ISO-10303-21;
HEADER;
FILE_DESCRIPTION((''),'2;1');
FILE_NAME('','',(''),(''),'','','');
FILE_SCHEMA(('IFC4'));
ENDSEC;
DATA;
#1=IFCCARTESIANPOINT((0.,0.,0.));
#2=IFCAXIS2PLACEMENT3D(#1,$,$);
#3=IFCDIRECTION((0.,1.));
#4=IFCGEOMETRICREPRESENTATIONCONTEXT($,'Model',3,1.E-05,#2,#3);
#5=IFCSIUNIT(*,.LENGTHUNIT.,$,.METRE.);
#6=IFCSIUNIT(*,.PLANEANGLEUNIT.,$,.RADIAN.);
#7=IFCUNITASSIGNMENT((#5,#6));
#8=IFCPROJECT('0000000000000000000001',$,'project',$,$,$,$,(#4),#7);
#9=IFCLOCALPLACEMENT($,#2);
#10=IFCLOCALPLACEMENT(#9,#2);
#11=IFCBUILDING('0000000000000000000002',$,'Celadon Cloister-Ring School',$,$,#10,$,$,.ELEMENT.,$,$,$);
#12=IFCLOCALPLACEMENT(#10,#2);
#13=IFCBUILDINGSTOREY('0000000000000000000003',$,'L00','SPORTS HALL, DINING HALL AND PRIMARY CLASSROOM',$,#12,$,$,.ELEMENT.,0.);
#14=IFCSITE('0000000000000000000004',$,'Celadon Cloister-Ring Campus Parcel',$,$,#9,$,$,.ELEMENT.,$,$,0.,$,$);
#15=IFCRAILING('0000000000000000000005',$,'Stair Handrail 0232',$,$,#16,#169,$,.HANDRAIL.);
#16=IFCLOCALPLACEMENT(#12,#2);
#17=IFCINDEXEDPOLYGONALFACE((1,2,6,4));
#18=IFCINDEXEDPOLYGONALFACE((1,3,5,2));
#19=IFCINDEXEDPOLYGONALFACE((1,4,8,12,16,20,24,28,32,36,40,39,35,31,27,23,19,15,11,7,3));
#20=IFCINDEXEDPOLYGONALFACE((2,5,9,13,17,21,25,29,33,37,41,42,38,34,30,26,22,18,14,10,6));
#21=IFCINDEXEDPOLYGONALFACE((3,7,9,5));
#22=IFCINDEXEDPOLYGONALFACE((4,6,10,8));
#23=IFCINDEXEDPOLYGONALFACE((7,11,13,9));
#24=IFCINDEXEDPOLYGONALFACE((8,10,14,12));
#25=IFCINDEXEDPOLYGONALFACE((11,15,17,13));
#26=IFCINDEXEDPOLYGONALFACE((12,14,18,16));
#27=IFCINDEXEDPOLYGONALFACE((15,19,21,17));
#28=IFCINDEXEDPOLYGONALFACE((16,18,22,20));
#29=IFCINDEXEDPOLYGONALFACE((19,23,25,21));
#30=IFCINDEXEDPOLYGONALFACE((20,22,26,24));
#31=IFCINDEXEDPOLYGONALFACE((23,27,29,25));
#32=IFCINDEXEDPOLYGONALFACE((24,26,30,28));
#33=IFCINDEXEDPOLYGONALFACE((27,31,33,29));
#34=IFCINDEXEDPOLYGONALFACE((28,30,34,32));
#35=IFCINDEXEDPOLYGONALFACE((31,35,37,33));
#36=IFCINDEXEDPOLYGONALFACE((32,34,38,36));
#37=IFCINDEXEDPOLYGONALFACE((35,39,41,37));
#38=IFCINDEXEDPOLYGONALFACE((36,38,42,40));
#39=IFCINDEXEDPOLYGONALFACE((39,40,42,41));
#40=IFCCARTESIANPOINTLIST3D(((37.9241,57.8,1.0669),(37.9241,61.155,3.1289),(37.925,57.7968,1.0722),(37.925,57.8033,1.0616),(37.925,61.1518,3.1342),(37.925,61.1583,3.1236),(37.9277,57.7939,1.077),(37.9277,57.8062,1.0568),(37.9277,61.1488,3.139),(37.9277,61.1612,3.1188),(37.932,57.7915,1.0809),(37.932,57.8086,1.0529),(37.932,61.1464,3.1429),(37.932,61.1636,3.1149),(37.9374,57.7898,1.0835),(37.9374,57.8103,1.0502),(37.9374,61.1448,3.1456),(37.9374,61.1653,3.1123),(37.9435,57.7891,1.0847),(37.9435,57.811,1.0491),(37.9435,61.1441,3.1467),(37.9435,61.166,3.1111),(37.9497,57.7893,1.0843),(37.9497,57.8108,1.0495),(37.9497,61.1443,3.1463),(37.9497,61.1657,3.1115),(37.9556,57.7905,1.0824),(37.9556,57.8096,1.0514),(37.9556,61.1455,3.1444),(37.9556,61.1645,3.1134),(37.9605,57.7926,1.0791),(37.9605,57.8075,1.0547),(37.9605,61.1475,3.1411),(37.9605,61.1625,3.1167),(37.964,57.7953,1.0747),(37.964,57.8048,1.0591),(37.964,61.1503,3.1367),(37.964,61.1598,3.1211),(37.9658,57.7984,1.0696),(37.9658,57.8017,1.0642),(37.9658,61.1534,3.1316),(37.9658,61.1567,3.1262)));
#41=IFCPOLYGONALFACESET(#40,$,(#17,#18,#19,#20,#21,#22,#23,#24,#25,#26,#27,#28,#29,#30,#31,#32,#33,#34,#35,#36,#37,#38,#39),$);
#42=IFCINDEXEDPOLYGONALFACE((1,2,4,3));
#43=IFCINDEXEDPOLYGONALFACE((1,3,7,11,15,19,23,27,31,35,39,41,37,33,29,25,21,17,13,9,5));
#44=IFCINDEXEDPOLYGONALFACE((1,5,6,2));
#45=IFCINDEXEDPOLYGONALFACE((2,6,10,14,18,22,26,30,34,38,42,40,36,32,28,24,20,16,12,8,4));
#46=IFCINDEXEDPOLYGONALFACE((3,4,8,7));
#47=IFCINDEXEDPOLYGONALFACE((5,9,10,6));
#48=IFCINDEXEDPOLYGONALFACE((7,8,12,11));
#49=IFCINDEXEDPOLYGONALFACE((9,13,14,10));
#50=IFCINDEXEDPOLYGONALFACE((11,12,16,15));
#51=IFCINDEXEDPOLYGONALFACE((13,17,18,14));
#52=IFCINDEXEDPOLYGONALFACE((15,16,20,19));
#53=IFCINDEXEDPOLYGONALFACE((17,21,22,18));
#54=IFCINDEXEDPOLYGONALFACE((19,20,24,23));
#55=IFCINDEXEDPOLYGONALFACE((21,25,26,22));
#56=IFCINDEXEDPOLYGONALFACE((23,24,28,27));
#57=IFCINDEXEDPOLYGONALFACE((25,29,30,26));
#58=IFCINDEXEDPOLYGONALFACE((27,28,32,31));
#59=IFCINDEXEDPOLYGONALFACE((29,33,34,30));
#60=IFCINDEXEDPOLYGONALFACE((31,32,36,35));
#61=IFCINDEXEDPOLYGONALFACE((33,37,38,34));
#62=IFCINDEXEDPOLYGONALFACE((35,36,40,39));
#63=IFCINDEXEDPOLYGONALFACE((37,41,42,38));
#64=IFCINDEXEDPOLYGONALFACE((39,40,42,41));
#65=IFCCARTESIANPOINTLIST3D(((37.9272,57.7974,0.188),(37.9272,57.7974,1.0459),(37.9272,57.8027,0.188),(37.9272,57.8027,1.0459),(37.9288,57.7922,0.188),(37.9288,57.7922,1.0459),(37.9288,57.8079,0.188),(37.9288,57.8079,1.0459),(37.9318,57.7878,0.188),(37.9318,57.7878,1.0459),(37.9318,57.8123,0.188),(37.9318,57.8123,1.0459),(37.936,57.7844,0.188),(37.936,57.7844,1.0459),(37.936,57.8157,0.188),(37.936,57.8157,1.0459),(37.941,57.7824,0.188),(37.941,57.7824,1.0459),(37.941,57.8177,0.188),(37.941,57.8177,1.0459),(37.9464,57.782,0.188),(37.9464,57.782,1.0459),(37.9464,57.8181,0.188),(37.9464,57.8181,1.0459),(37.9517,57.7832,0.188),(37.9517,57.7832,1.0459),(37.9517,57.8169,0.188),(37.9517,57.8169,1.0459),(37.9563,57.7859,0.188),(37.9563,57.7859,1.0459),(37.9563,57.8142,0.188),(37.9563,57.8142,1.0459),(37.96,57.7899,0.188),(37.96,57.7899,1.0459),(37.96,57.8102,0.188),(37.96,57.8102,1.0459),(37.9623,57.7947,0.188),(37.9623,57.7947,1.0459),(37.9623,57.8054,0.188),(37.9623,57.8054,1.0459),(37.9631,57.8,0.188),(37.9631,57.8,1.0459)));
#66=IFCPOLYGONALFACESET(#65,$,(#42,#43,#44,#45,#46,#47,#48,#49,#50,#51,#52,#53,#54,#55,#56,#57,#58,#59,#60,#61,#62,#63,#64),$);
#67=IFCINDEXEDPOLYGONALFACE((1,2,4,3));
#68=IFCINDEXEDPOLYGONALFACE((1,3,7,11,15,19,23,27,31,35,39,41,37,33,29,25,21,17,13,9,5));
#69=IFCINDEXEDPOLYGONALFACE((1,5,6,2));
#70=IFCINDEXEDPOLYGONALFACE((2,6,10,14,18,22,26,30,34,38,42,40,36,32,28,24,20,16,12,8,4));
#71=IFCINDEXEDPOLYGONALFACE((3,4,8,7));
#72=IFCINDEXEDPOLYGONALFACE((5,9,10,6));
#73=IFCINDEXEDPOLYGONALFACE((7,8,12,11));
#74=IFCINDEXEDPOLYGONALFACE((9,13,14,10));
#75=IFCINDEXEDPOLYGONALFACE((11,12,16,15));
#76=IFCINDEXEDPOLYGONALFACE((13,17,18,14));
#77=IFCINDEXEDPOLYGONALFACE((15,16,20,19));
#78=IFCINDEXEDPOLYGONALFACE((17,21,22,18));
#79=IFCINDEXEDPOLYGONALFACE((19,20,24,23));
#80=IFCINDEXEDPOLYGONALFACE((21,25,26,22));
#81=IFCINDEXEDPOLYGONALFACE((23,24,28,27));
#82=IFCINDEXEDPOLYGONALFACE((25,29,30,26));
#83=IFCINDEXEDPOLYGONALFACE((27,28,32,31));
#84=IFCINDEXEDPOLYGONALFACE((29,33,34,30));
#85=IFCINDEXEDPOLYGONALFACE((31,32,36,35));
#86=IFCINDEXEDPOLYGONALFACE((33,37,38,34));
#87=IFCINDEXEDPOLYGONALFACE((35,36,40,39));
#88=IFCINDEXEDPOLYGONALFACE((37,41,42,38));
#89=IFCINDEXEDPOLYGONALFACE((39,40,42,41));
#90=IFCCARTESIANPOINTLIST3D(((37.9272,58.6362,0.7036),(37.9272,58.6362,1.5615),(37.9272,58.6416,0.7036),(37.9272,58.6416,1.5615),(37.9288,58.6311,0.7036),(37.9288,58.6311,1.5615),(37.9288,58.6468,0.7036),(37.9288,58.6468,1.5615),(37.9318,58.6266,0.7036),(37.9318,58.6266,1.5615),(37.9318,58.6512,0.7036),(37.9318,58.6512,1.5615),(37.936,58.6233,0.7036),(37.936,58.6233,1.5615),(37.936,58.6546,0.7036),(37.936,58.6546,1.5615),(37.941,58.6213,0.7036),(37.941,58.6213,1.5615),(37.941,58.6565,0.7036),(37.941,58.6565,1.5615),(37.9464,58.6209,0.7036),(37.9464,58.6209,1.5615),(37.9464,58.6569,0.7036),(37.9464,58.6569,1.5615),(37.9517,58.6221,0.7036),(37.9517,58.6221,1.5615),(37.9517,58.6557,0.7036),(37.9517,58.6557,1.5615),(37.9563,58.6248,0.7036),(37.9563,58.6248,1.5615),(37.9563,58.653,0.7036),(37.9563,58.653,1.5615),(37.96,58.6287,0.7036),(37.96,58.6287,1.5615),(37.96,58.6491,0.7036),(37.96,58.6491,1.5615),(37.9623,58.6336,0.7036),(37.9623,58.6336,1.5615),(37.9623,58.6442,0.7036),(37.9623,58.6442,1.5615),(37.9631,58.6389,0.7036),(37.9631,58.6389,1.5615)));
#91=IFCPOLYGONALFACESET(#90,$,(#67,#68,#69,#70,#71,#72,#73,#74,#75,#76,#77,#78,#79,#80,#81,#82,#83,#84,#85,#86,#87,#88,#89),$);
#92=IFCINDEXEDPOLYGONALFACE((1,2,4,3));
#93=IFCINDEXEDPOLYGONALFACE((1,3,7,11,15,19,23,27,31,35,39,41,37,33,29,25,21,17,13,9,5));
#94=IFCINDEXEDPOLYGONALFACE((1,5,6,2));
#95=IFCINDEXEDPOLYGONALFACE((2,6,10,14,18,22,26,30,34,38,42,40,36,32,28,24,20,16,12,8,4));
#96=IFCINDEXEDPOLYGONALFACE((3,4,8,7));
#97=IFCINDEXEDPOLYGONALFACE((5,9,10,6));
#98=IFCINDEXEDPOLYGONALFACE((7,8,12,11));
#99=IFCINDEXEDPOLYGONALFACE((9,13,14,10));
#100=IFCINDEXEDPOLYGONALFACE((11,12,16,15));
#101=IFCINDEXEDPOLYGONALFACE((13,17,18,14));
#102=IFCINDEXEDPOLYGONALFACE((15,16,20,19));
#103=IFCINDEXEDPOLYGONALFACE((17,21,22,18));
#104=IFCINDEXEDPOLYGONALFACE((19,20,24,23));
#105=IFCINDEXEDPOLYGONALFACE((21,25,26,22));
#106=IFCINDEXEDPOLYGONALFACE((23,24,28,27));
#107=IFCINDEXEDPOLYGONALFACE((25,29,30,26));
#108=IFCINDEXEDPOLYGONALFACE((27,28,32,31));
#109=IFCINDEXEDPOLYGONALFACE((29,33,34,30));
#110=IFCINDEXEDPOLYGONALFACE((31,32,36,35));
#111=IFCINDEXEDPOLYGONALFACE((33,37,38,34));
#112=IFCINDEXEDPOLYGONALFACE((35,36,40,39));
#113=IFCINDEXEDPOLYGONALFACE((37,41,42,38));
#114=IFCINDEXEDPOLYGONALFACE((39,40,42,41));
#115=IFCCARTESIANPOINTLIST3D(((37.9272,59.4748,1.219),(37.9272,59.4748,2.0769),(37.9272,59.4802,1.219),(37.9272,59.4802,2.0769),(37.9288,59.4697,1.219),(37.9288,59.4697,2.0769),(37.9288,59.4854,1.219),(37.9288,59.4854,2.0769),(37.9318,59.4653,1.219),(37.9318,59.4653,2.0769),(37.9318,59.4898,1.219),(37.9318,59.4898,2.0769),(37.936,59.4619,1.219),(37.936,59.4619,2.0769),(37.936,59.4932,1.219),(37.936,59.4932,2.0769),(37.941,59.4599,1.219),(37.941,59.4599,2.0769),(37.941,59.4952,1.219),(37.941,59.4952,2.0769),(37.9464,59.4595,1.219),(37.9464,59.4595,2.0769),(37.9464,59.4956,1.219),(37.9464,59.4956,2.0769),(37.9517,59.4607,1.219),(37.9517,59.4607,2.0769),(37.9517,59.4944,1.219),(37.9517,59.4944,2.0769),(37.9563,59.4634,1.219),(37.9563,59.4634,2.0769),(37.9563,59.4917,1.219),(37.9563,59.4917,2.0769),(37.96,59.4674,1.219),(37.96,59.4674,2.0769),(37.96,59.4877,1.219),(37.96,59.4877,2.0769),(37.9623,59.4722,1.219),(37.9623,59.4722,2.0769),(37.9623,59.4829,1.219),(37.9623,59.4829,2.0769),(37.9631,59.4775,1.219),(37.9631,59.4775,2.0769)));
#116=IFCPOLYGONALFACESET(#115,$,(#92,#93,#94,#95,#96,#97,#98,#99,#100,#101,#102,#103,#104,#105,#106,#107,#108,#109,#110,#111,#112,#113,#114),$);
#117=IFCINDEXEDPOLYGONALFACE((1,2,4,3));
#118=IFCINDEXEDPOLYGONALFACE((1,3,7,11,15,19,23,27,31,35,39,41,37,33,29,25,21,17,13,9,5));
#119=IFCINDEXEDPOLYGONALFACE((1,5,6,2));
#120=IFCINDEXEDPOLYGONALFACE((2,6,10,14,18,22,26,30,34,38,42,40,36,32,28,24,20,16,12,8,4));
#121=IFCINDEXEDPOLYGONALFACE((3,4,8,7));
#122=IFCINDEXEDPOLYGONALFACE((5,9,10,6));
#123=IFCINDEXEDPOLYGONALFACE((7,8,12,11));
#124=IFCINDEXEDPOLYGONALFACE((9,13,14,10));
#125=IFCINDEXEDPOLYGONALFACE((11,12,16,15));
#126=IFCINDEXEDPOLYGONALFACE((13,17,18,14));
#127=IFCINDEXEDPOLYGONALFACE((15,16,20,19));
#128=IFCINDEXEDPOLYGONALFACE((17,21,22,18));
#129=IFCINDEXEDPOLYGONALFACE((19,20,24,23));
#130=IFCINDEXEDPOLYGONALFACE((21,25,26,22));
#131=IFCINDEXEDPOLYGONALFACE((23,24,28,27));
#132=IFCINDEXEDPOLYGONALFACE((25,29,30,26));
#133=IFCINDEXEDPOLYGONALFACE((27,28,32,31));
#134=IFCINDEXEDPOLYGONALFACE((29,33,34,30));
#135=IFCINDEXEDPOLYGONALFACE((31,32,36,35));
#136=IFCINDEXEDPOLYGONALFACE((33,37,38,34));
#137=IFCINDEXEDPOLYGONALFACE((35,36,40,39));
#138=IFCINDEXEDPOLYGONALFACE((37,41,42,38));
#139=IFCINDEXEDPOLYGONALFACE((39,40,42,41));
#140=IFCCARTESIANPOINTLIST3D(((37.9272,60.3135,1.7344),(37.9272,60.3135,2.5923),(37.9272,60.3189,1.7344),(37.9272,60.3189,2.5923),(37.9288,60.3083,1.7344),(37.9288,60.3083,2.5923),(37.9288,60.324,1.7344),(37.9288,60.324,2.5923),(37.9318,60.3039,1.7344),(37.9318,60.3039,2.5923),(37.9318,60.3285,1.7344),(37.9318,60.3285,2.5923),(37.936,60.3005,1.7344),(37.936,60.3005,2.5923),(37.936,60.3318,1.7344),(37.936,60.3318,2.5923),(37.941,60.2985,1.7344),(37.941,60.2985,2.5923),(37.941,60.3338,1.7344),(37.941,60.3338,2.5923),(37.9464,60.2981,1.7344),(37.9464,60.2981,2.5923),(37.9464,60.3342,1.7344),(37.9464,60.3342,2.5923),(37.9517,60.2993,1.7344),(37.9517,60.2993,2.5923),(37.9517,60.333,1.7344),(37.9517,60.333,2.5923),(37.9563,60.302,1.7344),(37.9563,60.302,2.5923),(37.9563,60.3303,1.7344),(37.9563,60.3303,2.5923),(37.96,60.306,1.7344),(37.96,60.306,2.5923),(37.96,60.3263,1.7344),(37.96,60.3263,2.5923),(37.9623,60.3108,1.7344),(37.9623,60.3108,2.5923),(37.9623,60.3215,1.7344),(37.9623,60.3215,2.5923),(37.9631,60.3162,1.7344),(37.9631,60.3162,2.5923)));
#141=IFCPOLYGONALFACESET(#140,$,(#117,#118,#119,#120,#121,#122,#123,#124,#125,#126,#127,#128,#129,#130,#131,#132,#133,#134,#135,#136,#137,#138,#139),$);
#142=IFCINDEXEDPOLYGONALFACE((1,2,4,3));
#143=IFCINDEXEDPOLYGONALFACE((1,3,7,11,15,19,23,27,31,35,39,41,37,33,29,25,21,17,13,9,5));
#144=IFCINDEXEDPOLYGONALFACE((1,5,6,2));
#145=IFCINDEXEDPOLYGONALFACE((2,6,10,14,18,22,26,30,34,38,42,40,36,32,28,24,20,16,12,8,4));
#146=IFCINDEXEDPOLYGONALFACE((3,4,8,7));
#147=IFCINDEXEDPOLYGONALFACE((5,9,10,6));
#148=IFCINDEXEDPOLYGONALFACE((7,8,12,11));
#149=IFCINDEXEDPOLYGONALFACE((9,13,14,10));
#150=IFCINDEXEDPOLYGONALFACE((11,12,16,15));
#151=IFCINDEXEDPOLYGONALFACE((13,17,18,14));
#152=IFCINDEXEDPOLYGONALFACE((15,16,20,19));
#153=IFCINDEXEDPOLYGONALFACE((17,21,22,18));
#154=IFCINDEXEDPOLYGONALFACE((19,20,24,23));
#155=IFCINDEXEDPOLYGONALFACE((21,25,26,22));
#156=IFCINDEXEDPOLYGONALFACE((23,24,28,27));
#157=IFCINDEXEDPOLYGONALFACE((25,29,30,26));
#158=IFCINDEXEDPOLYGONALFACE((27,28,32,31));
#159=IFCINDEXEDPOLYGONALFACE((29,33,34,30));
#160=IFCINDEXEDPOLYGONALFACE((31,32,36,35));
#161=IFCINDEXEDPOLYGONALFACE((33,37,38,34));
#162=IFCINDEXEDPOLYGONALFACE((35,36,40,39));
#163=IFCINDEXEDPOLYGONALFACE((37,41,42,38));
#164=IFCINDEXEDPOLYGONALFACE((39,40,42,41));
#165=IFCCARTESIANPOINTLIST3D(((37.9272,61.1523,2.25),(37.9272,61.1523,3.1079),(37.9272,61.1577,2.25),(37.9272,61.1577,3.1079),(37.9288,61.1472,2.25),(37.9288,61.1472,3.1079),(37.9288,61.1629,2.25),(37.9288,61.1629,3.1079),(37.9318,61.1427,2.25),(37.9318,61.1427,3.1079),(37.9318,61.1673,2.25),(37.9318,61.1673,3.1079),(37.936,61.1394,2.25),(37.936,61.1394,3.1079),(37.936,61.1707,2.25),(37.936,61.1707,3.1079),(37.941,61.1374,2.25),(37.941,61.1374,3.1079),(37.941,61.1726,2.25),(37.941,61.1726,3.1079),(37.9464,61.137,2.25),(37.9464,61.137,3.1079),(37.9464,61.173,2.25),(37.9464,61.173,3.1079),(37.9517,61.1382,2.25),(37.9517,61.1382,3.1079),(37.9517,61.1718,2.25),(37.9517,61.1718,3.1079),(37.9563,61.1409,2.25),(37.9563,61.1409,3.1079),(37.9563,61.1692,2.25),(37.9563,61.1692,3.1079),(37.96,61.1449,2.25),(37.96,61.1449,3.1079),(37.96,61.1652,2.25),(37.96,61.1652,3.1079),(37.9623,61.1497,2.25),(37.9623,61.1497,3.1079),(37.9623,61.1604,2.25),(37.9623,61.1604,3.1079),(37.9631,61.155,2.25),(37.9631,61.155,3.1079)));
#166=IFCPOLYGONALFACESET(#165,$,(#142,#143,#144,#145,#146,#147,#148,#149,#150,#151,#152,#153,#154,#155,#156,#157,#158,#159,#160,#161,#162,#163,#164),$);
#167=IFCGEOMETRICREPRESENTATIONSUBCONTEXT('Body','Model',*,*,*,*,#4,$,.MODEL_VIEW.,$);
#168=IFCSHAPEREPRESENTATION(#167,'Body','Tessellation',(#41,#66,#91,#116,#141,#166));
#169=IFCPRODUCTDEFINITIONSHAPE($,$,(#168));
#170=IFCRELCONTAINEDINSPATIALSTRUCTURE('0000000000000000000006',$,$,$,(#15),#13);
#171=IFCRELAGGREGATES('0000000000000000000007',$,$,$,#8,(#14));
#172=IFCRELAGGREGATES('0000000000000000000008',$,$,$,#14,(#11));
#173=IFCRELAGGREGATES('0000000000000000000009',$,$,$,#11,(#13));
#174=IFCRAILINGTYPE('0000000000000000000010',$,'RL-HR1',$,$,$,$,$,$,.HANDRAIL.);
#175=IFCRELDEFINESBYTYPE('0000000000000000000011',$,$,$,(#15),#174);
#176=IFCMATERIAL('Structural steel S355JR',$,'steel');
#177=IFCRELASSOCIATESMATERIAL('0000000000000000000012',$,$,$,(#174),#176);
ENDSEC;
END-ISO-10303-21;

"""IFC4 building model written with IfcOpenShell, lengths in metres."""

from ifc_helpers import new_model, si_unit, direction, frame, origin, origin_2d, place, context, subcontext, project, spatial, circle, extrude, material, type_object, element, save


model = new_model("IFC4")

# Units and contexts
model_context = context("Model", 3, precision=1e-05, world=origin(), true_north=direction((0.0, 1.0)))
body_context = subcontext(model_context, "Body", "Model", "MODEL_VIEW")
ifc_project = project(units=[si_unit("LENGTHUNIT", "METRE"), si_unit("PLANEANGLEUNIT", "RADIAN")], contexts=[model_context])

# Site, building, storey
site_placement = place(None, origin())
site = spatial("IfcSite", under=ifc_project, at=site_placement, Name="Celadon Cloister-Ring Campus Parcel", CompositionType="ELEMENT", RefElevation=0.0)
building_placement = place(site_placement, origin())
building = spatial("IfcBuilding", under=site, at=building_placement, Name="Celadon Cloister-Ring School", CompositionType="ELEMENT")
storey_placement = place(building_placement, origin())
storey = spatial("IfcBuildingStorey", under=building, at=storey_placement, Name="L00", Description="SPORTS HALL, DINING HALL AND PRIMARY CLASSROOM", CompositionType="ELEMENT", Elevation=0.0)

# Railing
ifc_material_1 = material(Name="Structural steel S355JR", Category="steel")
railing_type = type_object("IfcRailingType", Name="RL-HR1", PredefinedType="HANDRAIL", material=ifc_material_1)
for number, where, name in (
    (1, (37.9451, 57.8, 0.188), "Stair Handrail 0232"),
):
    element("IfcRailing", number, at=place(storey_placement, frame(where)), inside=storey, type_object=railing_type, Name=name, PredefinedType="HANDRAIL", context=body_context, shape_type="SweptSolid", body=[
        extrude(circle(Radius=0.021, at=origin_2d()), frame((0.0, 0.0, 0.8789), z_axis=(0.0, 0.851952, 0.52362), x_axis=(-1.0, 0.0, 0.0)), (0.0, 0.0, 1.0), 3.938),
        extrude(circle(Radius=0.0181, at=origin_2d()), origin(), (0.0, 0.0, 1.0), 0.8579),
        extrude(circle(Radius=0.0181, at=origin_2d()), frame((0.0, 0.8389, 0.5156)), (0.0, 0.0, 1.0), 0.8579),
        extrude(circle(Radius=0.0181, at=origin_2d()), frame((0.0, 1.6775, 1.031)), (0.0, 0.0, 1.0), 0.8579),
        extrude(circle(Radius=0.0181, at=origin_2d()), frame((0.0, 2.5161, 1.5464)), (0.0, 0.0, 1.0), 0.8579),
        extrude(circle(Radius=0.0181, at=origin_2d()), frame((0.0, 3.355, 2.062)), (0.0, 0.0, 1.0), 0.8579),
    ])

save(model, "model.ifc")
